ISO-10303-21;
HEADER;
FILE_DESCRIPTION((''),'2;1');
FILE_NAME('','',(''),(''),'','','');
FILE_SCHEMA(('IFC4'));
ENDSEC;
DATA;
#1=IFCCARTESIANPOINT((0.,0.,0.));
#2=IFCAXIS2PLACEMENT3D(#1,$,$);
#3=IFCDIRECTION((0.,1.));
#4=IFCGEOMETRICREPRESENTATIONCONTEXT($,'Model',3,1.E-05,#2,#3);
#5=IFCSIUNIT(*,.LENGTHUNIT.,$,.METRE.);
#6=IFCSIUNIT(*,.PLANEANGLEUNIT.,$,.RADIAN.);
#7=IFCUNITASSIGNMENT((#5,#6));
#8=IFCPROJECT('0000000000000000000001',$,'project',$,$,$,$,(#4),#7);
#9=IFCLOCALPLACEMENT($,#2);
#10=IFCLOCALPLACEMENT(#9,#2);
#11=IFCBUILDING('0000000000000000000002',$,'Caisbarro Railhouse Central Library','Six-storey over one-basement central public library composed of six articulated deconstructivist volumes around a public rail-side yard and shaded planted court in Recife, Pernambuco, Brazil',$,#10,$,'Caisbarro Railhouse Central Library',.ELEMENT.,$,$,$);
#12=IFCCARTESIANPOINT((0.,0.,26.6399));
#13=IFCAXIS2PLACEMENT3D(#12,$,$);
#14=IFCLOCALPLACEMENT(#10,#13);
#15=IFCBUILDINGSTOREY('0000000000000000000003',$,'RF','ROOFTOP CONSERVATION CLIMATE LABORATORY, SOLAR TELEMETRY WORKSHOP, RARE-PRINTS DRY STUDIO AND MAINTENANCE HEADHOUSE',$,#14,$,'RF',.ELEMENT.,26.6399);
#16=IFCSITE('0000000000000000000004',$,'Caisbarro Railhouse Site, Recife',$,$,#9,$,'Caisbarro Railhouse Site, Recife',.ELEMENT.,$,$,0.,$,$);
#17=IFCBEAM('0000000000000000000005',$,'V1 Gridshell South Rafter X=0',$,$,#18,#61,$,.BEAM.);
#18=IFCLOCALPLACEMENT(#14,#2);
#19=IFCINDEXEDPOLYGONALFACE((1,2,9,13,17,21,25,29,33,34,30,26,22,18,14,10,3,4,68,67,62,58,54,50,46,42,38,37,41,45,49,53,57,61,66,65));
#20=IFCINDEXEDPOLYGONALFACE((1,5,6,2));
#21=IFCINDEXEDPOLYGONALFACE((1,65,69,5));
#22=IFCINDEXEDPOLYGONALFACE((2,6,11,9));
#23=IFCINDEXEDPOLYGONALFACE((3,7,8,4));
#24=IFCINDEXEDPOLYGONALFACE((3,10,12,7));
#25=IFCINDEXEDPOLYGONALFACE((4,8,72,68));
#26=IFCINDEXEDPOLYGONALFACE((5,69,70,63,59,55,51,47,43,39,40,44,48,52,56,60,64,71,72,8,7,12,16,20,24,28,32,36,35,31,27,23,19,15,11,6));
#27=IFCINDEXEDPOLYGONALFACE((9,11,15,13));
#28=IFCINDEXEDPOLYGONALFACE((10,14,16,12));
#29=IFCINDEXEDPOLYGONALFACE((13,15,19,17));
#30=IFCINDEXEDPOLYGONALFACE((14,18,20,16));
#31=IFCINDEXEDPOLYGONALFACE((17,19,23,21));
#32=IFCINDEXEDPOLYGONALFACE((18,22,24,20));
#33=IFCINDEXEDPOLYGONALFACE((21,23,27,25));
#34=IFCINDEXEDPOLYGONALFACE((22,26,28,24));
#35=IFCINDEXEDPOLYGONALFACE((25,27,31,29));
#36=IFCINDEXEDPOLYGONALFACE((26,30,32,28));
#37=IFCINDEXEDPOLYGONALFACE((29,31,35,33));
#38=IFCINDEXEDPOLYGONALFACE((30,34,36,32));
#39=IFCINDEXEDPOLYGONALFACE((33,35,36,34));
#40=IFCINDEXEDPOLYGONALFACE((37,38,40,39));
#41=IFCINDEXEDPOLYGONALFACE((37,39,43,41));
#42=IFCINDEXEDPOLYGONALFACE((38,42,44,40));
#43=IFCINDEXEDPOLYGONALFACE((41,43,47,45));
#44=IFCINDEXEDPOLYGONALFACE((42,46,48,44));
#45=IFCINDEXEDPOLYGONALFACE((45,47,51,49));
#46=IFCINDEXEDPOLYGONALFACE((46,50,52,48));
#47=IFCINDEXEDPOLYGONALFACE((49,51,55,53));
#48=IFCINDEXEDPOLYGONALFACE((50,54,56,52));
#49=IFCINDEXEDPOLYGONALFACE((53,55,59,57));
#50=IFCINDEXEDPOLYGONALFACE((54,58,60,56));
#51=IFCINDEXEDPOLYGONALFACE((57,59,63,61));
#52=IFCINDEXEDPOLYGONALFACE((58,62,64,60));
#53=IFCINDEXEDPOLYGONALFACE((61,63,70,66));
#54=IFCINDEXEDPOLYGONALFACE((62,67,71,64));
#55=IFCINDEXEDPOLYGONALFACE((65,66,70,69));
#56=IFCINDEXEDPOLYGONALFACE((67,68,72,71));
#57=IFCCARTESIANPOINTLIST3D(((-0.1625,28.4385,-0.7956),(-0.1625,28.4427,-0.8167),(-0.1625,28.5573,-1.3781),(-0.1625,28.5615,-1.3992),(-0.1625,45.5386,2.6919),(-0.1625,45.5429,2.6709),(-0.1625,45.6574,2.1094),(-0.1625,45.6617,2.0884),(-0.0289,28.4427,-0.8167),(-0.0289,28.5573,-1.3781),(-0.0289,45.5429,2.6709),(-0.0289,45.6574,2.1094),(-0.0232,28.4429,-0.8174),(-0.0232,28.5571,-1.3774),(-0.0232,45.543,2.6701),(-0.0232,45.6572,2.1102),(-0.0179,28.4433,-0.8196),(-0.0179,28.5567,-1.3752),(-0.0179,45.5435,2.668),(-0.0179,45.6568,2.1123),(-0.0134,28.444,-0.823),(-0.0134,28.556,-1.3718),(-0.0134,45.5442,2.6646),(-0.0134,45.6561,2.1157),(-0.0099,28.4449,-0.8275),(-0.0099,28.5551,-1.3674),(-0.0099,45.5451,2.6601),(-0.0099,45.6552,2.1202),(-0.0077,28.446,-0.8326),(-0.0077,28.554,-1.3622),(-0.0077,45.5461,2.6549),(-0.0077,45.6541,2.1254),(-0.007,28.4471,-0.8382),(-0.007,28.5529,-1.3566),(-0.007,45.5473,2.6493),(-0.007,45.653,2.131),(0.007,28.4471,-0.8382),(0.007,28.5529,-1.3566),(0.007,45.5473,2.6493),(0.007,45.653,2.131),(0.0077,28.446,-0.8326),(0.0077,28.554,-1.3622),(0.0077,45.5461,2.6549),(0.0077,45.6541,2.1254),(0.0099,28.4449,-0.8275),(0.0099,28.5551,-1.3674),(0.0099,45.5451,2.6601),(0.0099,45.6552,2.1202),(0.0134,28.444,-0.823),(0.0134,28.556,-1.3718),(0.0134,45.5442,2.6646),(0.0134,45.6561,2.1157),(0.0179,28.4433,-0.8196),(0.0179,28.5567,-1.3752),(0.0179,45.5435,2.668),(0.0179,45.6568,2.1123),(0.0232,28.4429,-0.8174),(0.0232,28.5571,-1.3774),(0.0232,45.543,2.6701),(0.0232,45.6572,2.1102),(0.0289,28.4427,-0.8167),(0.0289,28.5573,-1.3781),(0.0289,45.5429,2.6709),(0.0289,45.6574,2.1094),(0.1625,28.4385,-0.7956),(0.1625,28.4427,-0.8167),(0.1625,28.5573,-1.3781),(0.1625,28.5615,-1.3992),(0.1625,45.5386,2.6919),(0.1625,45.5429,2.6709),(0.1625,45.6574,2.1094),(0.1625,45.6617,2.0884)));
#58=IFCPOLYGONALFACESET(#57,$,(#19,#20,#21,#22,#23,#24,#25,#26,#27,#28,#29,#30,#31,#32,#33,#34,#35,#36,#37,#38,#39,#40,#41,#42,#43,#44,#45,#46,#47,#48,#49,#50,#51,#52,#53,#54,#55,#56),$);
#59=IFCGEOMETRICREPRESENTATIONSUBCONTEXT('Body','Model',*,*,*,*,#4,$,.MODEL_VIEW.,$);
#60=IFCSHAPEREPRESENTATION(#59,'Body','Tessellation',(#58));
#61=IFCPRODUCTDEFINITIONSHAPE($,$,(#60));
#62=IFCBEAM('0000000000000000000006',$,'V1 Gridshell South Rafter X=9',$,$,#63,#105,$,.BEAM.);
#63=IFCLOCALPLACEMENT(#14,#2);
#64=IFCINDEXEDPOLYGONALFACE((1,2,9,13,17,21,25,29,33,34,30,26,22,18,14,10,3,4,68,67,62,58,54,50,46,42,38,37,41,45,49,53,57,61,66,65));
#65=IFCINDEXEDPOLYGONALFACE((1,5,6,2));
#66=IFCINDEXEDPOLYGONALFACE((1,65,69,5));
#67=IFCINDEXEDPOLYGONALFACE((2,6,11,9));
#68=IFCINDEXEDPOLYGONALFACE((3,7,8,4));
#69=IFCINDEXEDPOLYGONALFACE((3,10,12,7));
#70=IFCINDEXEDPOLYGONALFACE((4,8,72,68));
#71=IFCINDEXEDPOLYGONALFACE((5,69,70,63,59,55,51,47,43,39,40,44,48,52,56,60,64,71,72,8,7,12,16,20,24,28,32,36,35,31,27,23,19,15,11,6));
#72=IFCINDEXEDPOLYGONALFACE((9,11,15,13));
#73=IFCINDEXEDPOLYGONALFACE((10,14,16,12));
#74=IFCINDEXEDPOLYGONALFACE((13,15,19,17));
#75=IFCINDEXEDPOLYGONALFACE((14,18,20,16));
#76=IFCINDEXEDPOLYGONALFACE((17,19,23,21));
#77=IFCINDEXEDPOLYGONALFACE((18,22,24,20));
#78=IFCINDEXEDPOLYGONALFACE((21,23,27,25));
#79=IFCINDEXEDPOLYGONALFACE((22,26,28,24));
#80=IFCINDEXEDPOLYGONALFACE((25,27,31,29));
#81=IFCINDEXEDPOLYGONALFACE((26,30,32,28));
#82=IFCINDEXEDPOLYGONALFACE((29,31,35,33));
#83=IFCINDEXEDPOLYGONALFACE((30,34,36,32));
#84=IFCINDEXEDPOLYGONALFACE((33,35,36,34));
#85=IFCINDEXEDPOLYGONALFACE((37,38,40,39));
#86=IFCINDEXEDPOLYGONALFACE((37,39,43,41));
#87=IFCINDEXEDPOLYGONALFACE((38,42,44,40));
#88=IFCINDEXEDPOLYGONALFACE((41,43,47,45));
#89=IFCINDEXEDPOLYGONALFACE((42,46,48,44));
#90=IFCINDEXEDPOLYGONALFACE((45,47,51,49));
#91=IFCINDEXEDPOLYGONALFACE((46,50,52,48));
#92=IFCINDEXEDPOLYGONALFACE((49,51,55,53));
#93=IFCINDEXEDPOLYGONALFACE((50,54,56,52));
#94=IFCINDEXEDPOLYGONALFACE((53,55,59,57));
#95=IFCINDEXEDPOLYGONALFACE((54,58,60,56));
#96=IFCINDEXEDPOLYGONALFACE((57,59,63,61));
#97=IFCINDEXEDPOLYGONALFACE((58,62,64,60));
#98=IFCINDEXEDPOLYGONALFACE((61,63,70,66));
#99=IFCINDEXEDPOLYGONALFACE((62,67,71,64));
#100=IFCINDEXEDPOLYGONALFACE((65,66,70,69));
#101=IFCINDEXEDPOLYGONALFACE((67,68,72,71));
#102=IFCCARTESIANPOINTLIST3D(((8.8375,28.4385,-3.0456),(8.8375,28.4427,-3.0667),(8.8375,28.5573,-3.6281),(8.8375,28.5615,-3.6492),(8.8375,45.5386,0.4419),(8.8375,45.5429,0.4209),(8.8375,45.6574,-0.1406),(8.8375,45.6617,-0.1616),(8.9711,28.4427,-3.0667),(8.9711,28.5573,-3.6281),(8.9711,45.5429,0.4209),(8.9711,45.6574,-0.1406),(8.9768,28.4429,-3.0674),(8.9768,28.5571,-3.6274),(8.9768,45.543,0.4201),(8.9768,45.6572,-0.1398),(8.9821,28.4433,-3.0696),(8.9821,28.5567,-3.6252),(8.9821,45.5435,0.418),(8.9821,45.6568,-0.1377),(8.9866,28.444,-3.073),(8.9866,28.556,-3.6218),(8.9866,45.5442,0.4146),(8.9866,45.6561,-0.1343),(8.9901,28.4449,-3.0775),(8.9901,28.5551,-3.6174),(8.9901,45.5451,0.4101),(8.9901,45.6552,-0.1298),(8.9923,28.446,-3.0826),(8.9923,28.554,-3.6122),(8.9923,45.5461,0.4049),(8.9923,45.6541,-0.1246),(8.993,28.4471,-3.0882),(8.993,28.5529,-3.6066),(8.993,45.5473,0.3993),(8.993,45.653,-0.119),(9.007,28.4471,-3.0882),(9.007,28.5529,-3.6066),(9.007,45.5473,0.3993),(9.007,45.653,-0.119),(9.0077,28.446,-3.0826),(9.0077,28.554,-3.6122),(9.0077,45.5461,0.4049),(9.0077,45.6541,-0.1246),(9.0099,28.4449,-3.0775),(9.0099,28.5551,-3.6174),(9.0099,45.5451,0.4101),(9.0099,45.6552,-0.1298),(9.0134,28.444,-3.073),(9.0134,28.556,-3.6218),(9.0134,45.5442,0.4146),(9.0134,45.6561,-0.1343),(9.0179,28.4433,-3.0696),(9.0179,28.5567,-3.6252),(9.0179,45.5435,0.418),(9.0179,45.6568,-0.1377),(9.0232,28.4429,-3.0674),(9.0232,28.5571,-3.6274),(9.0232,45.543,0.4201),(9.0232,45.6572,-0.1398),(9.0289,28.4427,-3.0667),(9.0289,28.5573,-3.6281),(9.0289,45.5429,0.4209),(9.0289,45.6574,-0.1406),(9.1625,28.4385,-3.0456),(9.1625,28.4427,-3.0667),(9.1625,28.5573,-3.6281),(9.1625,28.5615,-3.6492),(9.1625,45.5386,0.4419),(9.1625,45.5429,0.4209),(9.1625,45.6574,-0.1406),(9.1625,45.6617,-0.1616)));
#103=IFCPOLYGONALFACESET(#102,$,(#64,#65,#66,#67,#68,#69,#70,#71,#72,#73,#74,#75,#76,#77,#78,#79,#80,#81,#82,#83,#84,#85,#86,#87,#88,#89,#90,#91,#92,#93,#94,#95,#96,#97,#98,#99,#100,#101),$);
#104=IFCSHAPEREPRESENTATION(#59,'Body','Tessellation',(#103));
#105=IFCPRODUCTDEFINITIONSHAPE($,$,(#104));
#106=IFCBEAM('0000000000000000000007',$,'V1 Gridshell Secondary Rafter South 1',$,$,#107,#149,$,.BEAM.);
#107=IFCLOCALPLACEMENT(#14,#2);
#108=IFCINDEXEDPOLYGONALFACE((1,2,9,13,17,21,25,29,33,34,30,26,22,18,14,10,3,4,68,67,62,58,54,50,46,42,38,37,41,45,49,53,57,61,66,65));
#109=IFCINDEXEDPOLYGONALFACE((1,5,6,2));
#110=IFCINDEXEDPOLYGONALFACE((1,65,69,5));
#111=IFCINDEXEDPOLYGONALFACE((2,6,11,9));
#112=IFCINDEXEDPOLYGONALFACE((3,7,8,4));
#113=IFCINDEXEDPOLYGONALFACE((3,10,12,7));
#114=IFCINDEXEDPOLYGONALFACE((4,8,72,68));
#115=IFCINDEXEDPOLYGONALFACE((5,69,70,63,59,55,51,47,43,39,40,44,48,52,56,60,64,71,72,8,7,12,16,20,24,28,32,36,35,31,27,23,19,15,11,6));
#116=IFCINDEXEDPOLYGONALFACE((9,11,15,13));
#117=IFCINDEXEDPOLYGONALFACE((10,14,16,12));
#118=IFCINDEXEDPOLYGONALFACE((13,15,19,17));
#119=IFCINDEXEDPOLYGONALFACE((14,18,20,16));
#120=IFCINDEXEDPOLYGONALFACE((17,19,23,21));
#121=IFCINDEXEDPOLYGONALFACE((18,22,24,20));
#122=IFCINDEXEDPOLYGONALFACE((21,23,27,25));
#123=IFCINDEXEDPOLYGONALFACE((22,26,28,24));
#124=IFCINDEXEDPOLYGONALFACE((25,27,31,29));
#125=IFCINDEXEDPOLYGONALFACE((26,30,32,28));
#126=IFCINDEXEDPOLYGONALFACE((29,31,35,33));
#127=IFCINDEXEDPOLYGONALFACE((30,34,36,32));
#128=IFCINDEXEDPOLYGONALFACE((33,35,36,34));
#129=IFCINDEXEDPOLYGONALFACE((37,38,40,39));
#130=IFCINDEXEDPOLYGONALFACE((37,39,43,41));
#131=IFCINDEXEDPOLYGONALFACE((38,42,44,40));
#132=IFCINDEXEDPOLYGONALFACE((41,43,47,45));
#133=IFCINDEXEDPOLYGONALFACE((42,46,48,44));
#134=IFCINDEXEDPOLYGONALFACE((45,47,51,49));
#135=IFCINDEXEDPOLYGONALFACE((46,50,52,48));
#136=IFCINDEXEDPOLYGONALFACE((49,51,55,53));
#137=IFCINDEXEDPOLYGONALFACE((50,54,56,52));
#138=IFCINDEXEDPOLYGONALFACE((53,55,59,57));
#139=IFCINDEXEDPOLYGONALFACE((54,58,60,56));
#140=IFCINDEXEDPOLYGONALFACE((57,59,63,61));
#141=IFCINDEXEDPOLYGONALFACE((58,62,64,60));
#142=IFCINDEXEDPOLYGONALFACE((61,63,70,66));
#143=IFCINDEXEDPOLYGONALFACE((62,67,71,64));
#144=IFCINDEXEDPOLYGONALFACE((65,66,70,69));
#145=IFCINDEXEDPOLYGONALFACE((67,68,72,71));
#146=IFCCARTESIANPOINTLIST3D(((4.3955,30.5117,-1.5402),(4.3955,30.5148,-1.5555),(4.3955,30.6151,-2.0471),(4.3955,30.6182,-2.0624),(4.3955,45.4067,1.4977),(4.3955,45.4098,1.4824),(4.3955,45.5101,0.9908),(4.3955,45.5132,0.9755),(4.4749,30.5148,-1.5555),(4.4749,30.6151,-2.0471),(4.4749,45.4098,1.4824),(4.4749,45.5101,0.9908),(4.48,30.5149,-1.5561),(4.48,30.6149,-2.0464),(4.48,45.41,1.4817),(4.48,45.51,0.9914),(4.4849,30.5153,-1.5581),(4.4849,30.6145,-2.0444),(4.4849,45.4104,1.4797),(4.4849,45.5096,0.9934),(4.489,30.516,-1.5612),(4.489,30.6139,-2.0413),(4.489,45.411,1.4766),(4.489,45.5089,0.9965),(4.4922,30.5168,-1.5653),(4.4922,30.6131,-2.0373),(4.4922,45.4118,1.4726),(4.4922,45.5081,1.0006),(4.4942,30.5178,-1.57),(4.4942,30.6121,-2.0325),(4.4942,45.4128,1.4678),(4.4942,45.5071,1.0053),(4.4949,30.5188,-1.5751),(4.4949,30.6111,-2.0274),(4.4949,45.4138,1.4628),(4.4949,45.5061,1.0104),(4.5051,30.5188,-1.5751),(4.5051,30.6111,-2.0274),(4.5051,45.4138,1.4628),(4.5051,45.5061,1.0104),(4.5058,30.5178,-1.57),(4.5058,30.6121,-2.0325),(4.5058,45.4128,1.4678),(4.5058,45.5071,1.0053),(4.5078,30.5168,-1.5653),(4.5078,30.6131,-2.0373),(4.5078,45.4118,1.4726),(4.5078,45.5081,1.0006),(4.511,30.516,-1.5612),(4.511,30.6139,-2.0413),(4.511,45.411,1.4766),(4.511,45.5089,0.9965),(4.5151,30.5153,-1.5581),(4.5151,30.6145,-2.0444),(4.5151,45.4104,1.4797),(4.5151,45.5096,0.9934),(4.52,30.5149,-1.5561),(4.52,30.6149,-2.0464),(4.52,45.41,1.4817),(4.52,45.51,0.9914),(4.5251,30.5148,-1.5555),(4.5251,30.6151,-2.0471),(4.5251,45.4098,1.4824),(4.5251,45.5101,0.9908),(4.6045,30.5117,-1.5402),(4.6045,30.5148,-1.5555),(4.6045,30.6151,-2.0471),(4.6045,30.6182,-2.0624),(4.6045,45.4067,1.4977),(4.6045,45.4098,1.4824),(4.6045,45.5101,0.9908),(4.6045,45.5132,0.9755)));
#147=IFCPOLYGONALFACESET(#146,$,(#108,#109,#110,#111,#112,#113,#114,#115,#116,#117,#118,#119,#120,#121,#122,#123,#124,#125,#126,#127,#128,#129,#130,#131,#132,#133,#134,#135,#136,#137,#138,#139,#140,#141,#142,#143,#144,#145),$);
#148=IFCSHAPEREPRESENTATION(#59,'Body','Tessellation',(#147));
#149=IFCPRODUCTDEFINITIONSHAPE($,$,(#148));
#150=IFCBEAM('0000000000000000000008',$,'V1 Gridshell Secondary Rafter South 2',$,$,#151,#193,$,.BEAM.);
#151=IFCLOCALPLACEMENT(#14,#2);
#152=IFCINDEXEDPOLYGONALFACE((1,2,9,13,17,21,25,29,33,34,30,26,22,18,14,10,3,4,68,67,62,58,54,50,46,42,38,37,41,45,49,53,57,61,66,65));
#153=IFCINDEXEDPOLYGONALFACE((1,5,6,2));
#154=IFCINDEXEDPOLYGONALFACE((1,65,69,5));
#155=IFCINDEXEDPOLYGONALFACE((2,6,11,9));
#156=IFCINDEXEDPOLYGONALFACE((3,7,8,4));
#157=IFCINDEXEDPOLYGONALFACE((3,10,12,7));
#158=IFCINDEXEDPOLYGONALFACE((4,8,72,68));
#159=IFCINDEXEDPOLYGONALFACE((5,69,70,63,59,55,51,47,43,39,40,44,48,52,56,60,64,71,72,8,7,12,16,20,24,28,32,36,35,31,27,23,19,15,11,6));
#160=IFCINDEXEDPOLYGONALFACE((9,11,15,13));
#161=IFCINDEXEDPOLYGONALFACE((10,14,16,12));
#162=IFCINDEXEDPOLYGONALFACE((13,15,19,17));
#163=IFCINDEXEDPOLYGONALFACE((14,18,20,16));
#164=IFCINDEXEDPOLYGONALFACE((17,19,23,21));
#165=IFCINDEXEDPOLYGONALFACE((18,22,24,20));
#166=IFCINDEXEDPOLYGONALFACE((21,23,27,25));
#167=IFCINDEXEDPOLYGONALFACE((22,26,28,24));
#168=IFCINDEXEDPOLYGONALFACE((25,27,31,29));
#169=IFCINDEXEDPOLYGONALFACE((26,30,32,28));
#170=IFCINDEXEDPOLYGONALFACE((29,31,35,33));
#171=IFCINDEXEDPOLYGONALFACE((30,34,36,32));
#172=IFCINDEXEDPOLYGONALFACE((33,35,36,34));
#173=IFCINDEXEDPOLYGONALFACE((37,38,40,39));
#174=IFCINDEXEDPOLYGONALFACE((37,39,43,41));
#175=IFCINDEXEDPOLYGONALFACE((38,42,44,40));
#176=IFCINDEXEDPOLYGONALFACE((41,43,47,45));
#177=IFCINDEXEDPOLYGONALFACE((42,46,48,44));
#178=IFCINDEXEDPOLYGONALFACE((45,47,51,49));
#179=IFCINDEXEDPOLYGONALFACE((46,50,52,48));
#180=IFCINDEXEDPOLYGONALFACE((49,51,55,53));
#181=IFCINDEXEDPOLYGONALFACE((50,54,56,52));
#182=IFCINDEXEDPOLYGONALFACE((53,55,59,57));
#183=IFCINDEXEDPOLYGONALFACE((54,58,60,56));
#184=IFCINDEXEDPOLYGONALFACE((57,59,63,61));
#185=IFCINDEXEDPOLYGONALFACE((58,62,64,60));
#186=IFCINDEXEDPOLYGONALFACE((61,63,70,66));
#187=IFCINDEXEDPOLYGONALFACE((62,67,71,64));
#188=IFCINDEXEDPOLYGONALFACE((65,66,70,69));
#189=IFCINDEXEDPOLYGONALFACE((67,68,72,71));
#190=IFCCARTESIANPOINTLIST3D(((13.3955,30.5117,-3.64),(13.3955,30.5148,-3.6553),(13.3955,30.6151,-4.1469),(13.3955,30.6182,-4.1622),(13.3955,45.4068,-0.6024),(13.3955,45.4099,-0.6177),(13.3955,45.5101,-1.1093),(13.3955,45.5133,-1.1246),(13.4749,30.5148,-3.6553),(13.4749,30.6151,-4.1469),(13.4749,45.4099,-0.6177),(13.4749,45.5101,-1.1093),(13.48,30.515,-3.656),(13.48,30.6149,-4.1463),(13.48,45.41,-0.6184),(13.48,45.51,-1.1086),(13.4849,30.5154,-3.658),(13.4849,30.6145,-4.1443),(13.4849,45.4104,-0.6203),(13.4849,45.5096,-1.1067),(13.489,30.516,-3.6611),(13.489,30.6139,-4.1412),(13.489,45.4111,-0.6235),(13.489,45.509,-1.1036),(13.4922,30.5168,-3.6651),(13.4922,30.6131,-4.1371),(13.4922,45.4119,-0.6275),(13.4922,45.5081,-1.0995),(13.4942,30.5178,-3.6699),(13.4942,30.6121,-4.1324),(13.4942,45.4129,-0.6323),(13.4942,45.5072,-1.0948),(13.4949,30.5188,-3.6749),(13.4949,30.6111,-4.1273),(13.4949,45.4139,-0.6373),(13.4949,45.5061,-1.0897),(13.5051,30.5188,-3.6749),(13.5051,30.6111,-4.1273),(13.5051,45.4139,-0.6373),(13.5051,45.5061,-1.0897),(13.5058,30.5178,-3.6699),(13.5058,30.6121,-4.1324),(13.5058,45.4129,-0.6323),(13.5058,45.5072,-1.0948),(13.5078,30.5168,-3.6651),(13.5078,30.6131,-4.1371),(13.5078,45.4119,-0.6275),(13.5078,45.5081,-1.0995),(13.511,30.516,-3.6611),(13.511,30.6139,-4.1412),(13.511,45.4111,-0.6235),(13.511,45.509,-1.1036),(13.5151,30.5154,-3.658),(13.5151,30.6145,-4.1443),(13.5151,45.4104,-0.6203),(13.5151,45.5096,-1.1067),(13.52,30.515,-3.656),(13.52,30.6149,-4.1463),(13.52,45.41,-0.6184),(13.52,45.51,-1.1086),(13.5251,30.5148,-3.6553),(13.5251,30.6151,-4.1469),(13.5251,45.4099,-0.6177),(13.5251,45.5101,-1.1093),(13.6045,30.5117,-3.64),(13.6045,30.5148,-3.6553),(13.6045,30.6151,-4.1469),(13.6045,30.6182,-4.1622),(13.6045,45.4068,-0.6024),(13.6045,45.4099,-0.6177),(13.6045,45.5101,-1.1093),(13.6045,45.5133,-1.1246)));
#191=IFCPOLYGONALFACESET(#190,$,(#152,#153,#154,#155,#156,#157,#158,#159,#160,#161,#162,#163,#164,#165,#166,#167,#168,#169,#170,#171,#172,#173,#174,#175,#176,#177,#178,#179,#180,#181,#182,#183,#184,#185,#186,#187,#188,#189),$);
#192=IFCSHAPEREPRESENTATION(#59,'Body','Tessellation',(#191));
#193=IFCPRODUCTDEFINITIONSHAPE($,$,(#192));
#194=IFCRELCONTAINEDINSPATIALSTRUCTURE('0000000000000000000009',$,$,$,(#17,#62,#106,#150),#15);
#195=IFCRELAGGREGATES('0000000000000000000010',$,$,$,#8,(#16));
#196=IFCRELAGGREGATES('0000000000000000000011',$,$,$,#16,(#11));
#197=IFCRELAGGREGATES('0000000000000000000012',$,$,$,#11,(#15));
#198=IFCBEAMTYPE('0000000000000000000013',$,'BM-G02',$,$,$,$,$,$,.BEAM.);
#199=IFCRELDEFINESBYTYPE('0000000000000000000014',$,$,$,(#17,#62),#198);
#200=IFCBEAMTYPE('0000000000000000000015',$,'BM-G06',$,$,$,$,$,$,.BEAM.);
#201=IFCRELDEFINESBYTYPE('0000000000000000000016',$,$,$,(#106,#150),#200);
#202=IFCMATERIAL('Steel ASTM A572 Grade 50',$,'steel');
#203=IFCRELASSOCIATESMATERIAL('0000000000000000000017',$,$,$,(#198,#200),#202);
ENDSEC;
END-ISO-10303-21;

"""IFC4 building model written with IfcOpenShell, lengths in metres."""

from ifc_helpers import new_model, si_unit, direction, frame, origin, origin_2d, place, context, subcontext, project, spatial, i_section, extrude, material, material_profile, profile_set, type_object, element, save


model = new_model("IFC4")

# Units and contexts
model_context = context("Model", 3, precision=1e-05, world=origin(), true_north=direction((0.0, 1.0)))
body_context = subcontext(model_context, "Body", "Model", "MODEL_VIEW")
ifc_project = project(units=[si_unit("LENGTHUNIT", "METRE"), si_unit("PLANEANGLEUNIT", "RADIAN")], contexts=[model_context])

# Site, building, storey
site_placement = place(None, origin())
site = spatial("IfcSite", under=ifc_project, at=site_placement, Name="Caisbarro Railhouse Site, Recife", LongName="Caisbarro Railhouse Site, Recife", CompositionType="ELEMENT", RefElevation=0.0)
building_placement = place(site_placement, origin())
building = spatial("IfcBuilding", under=site, at=building_placement, Name="Caisbarro Railhouse Central Library", Description="Six-storey over one-basement central public library composed of six articulated deconstructivist volumes around a public rail-side yard and shaded planted court in Recife, Pernambuco, Brazil", LongName="Caisbarro Railhouse Central Library", CompositionType="ELEMENT")
storey_placement = place(building_placement, frame((0.0, 0.0, 26.6399)))
storey = spatial("IfcBuildingStorey", under=building, at=storey_placement, Name="RF", Description="ROOFTOP CONSERVATION CLIMATE LABORATORY, SOLAR TELEMETRY WORKSHOP, RARE-PRINTS DRY STUDIO AND MAINTENANCE HEADHOUSE", LongName="RF", CompositionType="ELEMENT", Elevation=26.6399)

# Beams
ifc_material = material(Name="Steel ASTM A572 Grade 50", Category="steel")
ifc_material_profile_1 = material_profile(ifc_material, i_section(OverallWidth=0.325, OverallDepth=0.616, WebThickness=0.0139, FlangeThickness=0.0215, FilletRadius=0.022, at=origin_2d()), Name="W610X174.0")
ifc_profile_set_1 = profile_set([ifc_material_profile_1], Name="Steel ASTM A572 Grade 50")
beam_type_1 = type_object("IfcBeamType", Name="BM-G02", PredefinedType="BEAM", material=ifc_profile_set_1)
for number, where, z_axis, x_axis, name in (
    (1, (0.0, 28.5, -1.0974), (0.0, 0.97983, 0.199835), (-1.0, 0.0, 0.0), "V1 Gridshell South Rafter X=0"),
    (2, (9.0, 28.5, -3.3474), (0.0, 0.97983, 0.199835), (-1.0, 0.0, 0.0), "V1 Gridshell South Rafter X=9"),
):
    element("IfcBeam", number, at=place(storey_placement, frame(where, z_axis=z_axis, x_axis=x_axis)), inside=storey, type_object=beam_type_1, Name=name, PredefinedType="BEAM", context=body_context, shape_type="SweptSolid", body=[
        extrude(i_section(OverallWidth=0.325, OverallDepth=0.616, WebThickness=0.0139, FlangeThickness=0.0215, FilletRadius=0.022, at=origin_2d()), origin(), (0.0, 0.0, 1.0), 17.4521),
    ])
ifc_material_profile_2 = material_profile(ifc_material, i_section(OverallWidth=0.209, OverallDepth=0.533, WebThickness=0.0103, FlangeThickness=0.0156, FilletRadius=0.02, at=origin_2d()), Name="W530X92.0")
ifc_profile_set_2 = profile_set([ifc_material_profile_2], Name="Steel ASTM A572 Grade 50")
beam_type_2 = type_object("IfcBeamType", Name="BM-G06", PredefinedType="BEAM", material=ifc_profile_set_2)
for number, where, z_axis, x_axis, name in (
    (3, (4.5, 30.5649, -1.8013), (0.0, 0.979829, 0.199836), (-1.0, 0.0, 0.0), "V1 Gridshell Secondary Rafter South 1"),
    (4, (13.5, 30.5649, -3.9011), (0.0, 0.979832, 0.199821), (-1.0, 0.0, 0.0), "V1 Gridshell Secondary Rafter South 2"),
):
    element("IfcBeam", number, at=place(storey_placement, frame(where, z_axis=z_axis, x_axis=x_axis)), inside=storey, type_object=beam_type_2, Name=name, PredefinedType="BEAM", context=body_context, shape_type="SweptSolid", body=[
        extrude(i_section(OverallWidth=0.209, OverallDepth=0.533, WebThickness=0.0103, FlangeThickness=0.0156, FilletRadius=0.02, at=origin_2d()), origin(), (0.0, 0.0, 1.0), 15.2017),
    ])

save(model, "model.ifc")
